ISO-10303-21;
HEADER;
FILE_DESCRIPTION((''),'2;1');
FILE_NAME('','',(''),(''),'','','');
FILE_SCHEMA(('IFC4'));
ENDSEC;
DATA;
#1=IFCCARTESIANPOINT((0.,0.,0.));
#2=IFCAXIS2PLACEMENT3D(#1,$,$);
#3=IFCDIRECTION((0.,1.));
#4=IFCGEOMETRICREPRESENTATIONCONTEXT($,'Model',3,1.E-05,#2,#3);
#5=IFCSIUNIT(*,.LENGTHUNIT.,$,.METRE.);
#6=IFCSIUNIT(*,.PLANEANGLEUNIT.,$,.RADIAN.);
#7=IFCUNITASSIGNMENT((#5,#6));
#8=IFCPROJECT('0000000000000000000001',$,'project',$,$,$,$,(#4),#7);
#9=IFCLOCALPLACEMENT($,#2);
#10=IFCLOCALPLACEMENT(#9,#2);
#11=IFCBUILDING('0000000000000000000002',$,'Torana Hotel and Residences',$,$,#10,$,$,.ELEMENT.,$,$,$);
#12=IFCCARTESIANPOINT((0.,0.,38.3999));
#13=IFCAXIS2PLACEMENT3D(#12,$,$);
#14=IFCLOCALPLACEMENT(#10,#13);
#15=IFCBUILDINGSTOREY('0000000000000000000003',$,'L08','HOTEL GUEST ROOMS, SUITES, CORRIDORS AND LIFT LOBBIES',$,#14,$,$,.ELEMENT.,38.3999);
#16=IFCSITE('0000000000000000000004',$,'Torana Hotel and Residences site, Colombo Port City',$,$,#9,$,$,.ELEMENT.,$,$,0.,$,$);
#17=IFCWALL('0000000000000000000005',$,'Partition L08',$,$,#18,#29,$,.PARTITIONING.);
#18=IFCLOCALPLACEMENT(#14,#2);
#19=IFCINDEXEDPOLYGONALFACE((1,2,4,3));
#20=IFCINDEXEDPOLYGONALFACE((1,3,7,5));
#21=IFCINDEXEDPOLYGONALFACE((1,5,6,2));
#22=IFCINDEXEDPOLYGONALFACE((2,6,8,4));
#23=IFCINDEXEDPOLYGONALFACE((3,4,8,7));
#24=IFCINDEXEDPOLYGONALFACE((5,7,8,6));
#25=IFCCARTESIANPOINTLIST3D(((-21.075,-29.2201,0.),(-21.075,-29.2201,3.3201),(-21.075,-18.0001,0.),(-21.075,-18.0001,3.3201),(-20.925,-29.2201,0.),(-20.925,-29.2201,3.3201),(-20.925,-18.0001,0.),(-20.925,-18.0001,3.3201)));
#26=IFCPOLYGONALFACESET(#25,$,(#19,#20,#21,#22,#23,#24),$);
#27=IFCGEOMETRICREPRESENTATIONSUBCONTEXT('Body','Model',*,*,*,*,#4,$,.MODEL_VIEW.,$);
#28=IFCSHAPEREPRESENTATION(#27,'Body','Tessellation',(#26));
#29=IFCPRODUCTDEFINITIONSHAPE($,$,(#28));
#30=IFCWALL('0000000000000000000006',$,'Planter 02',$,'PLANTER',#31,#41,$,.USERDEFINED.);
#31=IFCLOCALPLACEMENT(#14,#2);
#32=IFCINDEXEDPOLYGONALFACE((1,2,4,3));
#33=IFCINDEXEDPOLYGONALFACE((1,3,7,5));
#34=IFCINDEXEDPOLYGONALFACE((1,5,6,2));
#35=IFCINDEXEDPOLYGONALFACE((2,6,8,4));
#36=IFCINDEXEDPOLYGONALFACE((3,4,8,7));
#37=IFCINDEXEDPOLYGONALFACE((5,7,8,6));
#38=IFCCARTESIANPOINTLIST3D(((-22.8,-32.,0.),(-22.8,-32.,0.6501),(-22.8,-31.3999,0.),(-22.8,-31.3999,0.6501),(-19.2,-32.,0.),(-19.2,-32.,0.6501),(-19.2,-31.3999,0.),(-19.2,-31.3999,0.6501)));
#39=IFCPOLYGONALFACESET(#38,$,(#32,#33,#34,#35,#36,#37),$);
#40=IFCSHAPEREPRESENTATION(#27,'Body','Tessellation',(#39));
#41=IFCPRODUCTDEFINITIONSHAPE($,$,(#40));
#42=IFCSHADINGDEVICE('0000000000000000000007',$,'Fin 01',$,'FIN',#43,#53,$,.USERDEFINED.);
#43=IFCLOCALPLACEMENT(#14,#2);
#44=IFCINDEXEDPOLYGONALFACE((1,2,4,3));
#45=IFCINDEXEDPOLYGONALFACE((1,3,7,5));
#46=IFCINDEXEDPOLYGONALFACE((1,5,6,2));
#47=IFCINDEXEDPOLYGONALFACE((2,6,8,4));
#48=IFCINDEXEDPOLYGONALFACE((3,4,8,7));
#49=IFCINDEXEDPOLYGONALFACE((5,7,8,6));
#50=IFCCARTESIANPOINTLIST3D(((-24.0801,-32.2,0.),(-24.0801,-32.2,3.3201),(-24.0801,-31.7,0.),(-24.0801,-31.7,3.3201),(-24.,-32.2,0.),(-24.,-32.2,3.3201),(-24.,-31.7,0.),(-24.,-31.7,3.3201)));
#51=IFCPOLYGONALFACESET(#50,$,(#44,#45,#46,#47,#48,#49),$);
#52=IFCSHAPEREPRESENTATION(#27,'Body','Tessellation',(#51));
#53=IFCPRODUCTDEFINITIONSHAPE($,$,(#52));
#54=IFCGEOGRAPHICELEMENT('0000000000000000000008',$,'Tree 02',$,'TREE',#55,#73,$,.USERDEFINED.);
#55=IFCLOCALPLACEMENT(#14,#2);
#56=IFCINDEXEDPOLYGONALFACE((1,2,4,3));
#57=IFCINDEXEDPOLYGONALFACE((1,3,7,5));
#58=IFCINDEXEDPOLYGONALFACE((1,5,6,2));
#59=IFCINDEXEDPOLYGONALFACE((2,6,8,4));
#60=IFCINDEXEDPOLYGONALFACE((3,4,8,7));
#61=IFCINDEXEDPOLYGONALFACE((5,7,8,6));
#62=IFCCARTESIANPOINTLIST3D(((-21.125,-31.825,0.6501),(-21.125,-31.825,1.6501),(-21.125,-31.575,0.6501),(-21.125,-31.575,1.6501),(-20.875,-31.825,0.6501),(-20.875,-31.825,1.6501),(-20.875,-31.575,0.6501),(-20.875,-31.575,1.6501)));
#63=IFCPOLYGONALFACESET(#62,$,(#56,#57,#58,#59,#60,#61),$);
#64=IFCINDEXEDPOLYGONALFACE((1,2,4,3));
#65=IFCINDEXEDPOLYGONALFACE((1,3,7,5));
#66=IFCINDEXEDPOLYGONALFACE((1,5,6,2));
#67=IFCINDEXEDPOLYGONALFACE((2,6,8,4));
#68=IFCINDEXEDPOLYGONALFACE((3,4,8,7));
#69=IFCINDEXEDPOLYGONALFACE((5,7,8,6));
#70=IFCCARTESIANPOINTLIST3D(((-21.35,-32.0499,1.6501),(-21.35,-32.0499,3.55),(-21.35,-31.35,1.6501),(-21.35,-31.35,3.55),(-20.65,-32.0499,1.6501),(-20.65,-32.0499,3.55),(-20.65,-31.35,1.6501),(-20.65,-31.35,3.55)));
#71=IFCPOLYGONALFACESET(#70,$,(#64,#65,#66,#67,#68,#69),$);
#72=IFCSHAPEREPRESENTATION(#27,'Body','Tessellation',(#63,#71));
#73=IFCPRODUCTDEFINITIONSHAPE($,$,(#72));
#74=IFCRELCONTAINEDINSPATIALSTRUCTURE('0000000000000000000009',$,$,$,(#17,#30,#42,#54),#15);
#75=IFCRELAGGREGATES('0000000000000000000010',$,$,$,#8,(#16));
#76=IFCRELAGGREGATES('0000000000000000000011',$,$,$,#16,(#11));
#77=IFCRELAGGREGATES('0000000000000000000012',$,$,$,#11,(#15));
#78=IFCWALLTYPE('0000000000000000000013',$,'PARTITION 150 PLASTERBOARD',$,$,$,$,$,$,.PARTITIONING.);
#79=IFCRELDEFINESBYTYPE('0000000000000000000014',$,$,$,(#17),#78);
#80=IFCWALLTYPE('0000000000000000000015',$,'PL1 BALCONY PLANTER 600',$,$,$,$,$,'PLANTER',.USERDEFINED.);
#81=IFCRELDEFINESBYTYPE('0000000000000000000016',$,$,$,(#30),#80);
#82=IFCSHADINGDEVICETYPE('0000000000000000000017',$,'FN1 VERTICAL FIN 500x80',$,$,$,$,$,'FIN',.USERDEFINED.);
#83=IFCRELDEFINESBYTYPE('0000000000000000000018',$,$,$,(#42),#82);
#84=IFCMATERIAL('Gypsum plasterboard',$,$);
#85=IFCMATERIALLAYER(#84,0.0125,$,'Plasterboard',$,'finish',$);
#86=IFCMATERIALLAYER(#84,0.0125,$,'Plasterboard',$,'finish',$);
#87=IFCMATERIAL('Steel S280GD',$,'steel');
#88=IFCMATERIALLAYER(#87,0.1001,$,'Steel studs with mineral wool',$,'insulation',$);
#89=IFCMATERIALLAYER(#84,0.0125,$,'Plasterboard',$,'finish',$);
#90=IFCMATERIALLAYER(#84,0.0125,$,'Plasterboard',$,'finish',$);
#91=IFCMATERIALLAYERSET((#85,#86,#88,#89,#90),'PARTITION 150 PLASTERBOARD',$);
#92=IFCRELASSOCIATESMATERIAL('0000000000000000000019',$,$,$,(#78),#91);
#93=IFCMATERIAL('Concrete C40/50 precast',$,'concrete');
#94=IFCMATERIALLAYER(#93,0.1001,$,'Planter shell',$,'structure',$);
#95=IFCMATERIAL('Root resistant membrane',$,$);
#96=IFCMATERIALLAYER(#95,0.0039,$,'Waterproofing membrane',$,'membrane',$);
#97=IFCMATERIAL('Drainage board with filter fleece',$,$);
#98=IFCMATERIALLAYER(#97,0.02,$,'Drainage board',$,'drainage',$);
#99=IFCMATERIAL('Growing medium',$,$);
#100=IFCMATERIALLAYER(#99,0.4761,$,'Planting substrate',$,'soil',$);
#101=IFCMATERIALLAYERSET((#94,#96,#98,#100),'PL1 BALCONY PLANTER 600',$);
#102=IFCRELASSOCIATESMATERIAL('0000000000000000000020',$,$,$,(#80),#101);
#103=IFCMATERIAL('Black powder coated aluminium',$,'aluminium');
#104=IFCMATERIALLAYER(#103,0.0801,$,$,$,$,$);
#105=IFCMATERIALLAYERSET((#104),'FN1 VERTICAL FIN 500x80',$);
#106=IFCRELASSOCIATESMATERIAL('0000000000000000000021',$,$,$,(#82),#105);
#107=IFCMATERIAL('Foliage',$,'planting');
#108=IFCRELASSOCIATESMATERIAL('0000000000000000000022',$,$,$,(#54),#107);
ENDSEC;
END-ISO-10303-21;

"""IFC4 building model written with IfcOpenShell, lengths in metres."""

from ifc_helpers import new_model, si_unit, direction, frame, frame_2d, origin, origin_2d, place, context, subcontext, project, spatial, rectangle, extrude, material, layer, layer_set, type_object, element, save


model = new_model("IFC4")

# Units and contexts
model_context = context("Model", 3, precision=1e-05, world=origin(), true_north=direction((0.0, 1.0)))
body_context = subcontext(model_context, "Body", "Model", "MODEL_VIEW")
ifc_project = project(units=[si_unit("LENGTHUNIT", "METRE"), si_unit("PLANEANGLEUNIT", "RADIAN")], contexts=[model_context])

# Site, building, storey
site_placement = place(None, origin())
site = spatial("IfcSite", under=ifc_project, at=site_placement, Name="Torana Hotel and Residences site, Colombo Port City", CompositionType="ELEMENT", RefElevation=0.0)
building_placement = place(site_placement, origin())
building = spatial("IfcBuilding", under=site, at=building_placement, Name="Torana Hotel and Residences", CompositionType="ELEMENT")
storey_placement = place(building_placement, frame((0.0, 0.0, 38.3999)))
storey = spatial("IfcBuildingStorey", under=building, at=storey_placement, Name="L08", Description="HOTEL GUEST ROOMS, SUITES, CORRIDORS AND LIFT LOBBIES", CompositionType="ELEMENT", Elevation=38.3999)

# Walls
ifc_material_1 = material(Name="Gypsum plasterboard")
ifc_layer_1 = layer(ifc_material_1, 0.0125, Name="Plasterboard", Category="finish")
ifc_layer_2 = layer(ifc_material_1, 0.0125, Name="Plasterboard", Category="finish")
ifc_material_2 = material(Name="Steel S280GD", Category="steel")
ifc_layer_3 = layer(ifc_material_2, 0.1001, Name="Steel studs with mineral wool", Category="insulation")
ifc_layer_4 = layer(ifc_material_1, 0.0125, Name="Plasterboard", Category="finish")
ifc_layer_5 = layer(ifc_material_1, 0.0125, Name="Plasterboard", Category="finish")
ifc_layer_set_1 = layer_set([ifc_layer_1, ifc_layer_2, ifc_layer_3, ifc_layer_4, ifc_layer_5], Name="PARTITION 150 PLASTERBOARD")
wall_type_1 = type_object("IfcWallType", Name="PARTITION 150 PLASTERBOARD", PredefinedType="PARTITIONING", material=ifc_layer_set_1)
wall_1_placement = place(storey_placement, frame((-21.0, -29.22, 0.0), z_axis=(0.0, 0.0, 1.0), x_axis=(0.0, 1.0, 0.0)))
element("IfcWall", 1, at=wall_1_placement, inside=storey, type_object=wall_type_1, Name="Partition L08", PredefinedType="PARTITIONING", context=body_context, shape_type="SweptSolid", body=[
    extrude(rectangle(XDim=11.22, YDim=0.1499, at=frame_2d((5.6099, 0.0))), origin(), (0.0, 0.0, 1.0), 3.3201),
])
ifc_material_3 = material(Name="Concrete C40/50 precast", Category="concrete")
ifc_layer_6 = layer(ifc_material_3, 0.1001, Name="Planter shell", Category="structure")
ifc_material_4 = material(Name="Root resistant membrane")
ifc_layer_7 = layer(ifc_material_4, 0.0039, Name="Waterproofing membrane", Category="membrane")
ifc_material_5 = material(Name="Drainage board with filter fleece")
ifc_layer_8 = layer(ifc_material_5, 0.02, Name="Drainage board", Category="drainage")
ifc_material_6 = material(Name="Growing medium")
ifc_layer_9 = layer(ifc_material_6, 0.4761, Name="Planting substrate", Category="soil")
ifc_layer_set_2 = layer_set([ifc_layer_6, ifc_layer_7, ifc_layer_8, ifc_layer_9], Name="PL1 BALCONY PLANTER 600")
wall_type_2 = type_object("IfcWallType", Name="PL1 BALCONY PLANTER 600", ElementType="PLANTER", PredefinedType="USERDEFINED", material=ifc_layer_set_2)
wall_2_placement = place(storey_placement, frame((-19.2, -31.7, 0.0), z_axis=(0.0, 0.0, 1.0), x_axis=(-1.0, 0.0, 0.0)))
element("IfcWall", 2, at=wall_2_placement, inside=storey, type_object=wall_type_2, Name="Planter 02", ObjectType="PLANTER", PredefinedType="USERDEFINED", context=body_context, shape_type="SweptSolid", body=[
    extrude(rectangle(XDim=3.6001, YDim=0.6001, at=frame_2d((1.8, 0.0))), origin(), (0.0, 0.0, 1.0), 0.6501),
])

# Shading device
ifc_material_7 = material(Name="Black powder coated aluminium", Category="aluminium")
ifc_layer_10 = layer(ifc_material_7, 0.0801)
ifc_layer_set_3 = layer_set([ifc_layer_10], Name="FN1 VERTICAL FIN 500x80")
shading_device_type = type_object("IfcShadingDeviceType", Name="FN1 VERTICAL FIN 500x80", ElementType="FIN", PredefinedType="USERDEFINED", material=ifc_layer_set_3)
shading_device_placement = place(storey_placement, frame((-24.04, -31.95, 0.0), z_axis=(0.0, 0.0, 1.0), x_axis=(-1.0, 0.0, 0.0)))
element("IfcShadingDevice", 3, at=shading_device_placement, inside=storey, type_object=shading_device_type, Name="Fin 01", ObjectType="FIN", PredefinedType="USERDEFINED", context=body_context, shape_type="SweptSolid", body=[
    extrude(rectangle(XDim=0.0801, YDim=0.5, at=origin_2d()), origin(), (0.0, 0.0, 1.0), 3.3201),
])

# Geographic element
ifc_material_8 = material(Name="Foliage", Category="planting")
geographic_element_placement = place(storey_placement, frame((-21.0, -31.7, 0.6501), z_axis=(0.0, 0.0, 1.0), x_axis=(1.0, 0.0, 0.0)))
element("IfcGeographicElement", 4, at=geographic_element_placement, inside=storey, material=ifc_material_8, Name="Tree 02", ObjectType="TREE", PredefinedType="USERDEFINED", context=body_context, shape_type="SweptSolid", body=[
    extrude(rectangle(XDim=0.25, YDim=0.25, at=origin_2d()), origin(), (0.0, 0.0, 1.0), 1.0),
    extrude(rectangle(XDim=0.7, YDim=0.7, at=origin_2d()), frame((0.0, 0.0, 1.0)), (0.0, 0.0, 1.0), 1.8999),
])

save(model, "model.ifc")
